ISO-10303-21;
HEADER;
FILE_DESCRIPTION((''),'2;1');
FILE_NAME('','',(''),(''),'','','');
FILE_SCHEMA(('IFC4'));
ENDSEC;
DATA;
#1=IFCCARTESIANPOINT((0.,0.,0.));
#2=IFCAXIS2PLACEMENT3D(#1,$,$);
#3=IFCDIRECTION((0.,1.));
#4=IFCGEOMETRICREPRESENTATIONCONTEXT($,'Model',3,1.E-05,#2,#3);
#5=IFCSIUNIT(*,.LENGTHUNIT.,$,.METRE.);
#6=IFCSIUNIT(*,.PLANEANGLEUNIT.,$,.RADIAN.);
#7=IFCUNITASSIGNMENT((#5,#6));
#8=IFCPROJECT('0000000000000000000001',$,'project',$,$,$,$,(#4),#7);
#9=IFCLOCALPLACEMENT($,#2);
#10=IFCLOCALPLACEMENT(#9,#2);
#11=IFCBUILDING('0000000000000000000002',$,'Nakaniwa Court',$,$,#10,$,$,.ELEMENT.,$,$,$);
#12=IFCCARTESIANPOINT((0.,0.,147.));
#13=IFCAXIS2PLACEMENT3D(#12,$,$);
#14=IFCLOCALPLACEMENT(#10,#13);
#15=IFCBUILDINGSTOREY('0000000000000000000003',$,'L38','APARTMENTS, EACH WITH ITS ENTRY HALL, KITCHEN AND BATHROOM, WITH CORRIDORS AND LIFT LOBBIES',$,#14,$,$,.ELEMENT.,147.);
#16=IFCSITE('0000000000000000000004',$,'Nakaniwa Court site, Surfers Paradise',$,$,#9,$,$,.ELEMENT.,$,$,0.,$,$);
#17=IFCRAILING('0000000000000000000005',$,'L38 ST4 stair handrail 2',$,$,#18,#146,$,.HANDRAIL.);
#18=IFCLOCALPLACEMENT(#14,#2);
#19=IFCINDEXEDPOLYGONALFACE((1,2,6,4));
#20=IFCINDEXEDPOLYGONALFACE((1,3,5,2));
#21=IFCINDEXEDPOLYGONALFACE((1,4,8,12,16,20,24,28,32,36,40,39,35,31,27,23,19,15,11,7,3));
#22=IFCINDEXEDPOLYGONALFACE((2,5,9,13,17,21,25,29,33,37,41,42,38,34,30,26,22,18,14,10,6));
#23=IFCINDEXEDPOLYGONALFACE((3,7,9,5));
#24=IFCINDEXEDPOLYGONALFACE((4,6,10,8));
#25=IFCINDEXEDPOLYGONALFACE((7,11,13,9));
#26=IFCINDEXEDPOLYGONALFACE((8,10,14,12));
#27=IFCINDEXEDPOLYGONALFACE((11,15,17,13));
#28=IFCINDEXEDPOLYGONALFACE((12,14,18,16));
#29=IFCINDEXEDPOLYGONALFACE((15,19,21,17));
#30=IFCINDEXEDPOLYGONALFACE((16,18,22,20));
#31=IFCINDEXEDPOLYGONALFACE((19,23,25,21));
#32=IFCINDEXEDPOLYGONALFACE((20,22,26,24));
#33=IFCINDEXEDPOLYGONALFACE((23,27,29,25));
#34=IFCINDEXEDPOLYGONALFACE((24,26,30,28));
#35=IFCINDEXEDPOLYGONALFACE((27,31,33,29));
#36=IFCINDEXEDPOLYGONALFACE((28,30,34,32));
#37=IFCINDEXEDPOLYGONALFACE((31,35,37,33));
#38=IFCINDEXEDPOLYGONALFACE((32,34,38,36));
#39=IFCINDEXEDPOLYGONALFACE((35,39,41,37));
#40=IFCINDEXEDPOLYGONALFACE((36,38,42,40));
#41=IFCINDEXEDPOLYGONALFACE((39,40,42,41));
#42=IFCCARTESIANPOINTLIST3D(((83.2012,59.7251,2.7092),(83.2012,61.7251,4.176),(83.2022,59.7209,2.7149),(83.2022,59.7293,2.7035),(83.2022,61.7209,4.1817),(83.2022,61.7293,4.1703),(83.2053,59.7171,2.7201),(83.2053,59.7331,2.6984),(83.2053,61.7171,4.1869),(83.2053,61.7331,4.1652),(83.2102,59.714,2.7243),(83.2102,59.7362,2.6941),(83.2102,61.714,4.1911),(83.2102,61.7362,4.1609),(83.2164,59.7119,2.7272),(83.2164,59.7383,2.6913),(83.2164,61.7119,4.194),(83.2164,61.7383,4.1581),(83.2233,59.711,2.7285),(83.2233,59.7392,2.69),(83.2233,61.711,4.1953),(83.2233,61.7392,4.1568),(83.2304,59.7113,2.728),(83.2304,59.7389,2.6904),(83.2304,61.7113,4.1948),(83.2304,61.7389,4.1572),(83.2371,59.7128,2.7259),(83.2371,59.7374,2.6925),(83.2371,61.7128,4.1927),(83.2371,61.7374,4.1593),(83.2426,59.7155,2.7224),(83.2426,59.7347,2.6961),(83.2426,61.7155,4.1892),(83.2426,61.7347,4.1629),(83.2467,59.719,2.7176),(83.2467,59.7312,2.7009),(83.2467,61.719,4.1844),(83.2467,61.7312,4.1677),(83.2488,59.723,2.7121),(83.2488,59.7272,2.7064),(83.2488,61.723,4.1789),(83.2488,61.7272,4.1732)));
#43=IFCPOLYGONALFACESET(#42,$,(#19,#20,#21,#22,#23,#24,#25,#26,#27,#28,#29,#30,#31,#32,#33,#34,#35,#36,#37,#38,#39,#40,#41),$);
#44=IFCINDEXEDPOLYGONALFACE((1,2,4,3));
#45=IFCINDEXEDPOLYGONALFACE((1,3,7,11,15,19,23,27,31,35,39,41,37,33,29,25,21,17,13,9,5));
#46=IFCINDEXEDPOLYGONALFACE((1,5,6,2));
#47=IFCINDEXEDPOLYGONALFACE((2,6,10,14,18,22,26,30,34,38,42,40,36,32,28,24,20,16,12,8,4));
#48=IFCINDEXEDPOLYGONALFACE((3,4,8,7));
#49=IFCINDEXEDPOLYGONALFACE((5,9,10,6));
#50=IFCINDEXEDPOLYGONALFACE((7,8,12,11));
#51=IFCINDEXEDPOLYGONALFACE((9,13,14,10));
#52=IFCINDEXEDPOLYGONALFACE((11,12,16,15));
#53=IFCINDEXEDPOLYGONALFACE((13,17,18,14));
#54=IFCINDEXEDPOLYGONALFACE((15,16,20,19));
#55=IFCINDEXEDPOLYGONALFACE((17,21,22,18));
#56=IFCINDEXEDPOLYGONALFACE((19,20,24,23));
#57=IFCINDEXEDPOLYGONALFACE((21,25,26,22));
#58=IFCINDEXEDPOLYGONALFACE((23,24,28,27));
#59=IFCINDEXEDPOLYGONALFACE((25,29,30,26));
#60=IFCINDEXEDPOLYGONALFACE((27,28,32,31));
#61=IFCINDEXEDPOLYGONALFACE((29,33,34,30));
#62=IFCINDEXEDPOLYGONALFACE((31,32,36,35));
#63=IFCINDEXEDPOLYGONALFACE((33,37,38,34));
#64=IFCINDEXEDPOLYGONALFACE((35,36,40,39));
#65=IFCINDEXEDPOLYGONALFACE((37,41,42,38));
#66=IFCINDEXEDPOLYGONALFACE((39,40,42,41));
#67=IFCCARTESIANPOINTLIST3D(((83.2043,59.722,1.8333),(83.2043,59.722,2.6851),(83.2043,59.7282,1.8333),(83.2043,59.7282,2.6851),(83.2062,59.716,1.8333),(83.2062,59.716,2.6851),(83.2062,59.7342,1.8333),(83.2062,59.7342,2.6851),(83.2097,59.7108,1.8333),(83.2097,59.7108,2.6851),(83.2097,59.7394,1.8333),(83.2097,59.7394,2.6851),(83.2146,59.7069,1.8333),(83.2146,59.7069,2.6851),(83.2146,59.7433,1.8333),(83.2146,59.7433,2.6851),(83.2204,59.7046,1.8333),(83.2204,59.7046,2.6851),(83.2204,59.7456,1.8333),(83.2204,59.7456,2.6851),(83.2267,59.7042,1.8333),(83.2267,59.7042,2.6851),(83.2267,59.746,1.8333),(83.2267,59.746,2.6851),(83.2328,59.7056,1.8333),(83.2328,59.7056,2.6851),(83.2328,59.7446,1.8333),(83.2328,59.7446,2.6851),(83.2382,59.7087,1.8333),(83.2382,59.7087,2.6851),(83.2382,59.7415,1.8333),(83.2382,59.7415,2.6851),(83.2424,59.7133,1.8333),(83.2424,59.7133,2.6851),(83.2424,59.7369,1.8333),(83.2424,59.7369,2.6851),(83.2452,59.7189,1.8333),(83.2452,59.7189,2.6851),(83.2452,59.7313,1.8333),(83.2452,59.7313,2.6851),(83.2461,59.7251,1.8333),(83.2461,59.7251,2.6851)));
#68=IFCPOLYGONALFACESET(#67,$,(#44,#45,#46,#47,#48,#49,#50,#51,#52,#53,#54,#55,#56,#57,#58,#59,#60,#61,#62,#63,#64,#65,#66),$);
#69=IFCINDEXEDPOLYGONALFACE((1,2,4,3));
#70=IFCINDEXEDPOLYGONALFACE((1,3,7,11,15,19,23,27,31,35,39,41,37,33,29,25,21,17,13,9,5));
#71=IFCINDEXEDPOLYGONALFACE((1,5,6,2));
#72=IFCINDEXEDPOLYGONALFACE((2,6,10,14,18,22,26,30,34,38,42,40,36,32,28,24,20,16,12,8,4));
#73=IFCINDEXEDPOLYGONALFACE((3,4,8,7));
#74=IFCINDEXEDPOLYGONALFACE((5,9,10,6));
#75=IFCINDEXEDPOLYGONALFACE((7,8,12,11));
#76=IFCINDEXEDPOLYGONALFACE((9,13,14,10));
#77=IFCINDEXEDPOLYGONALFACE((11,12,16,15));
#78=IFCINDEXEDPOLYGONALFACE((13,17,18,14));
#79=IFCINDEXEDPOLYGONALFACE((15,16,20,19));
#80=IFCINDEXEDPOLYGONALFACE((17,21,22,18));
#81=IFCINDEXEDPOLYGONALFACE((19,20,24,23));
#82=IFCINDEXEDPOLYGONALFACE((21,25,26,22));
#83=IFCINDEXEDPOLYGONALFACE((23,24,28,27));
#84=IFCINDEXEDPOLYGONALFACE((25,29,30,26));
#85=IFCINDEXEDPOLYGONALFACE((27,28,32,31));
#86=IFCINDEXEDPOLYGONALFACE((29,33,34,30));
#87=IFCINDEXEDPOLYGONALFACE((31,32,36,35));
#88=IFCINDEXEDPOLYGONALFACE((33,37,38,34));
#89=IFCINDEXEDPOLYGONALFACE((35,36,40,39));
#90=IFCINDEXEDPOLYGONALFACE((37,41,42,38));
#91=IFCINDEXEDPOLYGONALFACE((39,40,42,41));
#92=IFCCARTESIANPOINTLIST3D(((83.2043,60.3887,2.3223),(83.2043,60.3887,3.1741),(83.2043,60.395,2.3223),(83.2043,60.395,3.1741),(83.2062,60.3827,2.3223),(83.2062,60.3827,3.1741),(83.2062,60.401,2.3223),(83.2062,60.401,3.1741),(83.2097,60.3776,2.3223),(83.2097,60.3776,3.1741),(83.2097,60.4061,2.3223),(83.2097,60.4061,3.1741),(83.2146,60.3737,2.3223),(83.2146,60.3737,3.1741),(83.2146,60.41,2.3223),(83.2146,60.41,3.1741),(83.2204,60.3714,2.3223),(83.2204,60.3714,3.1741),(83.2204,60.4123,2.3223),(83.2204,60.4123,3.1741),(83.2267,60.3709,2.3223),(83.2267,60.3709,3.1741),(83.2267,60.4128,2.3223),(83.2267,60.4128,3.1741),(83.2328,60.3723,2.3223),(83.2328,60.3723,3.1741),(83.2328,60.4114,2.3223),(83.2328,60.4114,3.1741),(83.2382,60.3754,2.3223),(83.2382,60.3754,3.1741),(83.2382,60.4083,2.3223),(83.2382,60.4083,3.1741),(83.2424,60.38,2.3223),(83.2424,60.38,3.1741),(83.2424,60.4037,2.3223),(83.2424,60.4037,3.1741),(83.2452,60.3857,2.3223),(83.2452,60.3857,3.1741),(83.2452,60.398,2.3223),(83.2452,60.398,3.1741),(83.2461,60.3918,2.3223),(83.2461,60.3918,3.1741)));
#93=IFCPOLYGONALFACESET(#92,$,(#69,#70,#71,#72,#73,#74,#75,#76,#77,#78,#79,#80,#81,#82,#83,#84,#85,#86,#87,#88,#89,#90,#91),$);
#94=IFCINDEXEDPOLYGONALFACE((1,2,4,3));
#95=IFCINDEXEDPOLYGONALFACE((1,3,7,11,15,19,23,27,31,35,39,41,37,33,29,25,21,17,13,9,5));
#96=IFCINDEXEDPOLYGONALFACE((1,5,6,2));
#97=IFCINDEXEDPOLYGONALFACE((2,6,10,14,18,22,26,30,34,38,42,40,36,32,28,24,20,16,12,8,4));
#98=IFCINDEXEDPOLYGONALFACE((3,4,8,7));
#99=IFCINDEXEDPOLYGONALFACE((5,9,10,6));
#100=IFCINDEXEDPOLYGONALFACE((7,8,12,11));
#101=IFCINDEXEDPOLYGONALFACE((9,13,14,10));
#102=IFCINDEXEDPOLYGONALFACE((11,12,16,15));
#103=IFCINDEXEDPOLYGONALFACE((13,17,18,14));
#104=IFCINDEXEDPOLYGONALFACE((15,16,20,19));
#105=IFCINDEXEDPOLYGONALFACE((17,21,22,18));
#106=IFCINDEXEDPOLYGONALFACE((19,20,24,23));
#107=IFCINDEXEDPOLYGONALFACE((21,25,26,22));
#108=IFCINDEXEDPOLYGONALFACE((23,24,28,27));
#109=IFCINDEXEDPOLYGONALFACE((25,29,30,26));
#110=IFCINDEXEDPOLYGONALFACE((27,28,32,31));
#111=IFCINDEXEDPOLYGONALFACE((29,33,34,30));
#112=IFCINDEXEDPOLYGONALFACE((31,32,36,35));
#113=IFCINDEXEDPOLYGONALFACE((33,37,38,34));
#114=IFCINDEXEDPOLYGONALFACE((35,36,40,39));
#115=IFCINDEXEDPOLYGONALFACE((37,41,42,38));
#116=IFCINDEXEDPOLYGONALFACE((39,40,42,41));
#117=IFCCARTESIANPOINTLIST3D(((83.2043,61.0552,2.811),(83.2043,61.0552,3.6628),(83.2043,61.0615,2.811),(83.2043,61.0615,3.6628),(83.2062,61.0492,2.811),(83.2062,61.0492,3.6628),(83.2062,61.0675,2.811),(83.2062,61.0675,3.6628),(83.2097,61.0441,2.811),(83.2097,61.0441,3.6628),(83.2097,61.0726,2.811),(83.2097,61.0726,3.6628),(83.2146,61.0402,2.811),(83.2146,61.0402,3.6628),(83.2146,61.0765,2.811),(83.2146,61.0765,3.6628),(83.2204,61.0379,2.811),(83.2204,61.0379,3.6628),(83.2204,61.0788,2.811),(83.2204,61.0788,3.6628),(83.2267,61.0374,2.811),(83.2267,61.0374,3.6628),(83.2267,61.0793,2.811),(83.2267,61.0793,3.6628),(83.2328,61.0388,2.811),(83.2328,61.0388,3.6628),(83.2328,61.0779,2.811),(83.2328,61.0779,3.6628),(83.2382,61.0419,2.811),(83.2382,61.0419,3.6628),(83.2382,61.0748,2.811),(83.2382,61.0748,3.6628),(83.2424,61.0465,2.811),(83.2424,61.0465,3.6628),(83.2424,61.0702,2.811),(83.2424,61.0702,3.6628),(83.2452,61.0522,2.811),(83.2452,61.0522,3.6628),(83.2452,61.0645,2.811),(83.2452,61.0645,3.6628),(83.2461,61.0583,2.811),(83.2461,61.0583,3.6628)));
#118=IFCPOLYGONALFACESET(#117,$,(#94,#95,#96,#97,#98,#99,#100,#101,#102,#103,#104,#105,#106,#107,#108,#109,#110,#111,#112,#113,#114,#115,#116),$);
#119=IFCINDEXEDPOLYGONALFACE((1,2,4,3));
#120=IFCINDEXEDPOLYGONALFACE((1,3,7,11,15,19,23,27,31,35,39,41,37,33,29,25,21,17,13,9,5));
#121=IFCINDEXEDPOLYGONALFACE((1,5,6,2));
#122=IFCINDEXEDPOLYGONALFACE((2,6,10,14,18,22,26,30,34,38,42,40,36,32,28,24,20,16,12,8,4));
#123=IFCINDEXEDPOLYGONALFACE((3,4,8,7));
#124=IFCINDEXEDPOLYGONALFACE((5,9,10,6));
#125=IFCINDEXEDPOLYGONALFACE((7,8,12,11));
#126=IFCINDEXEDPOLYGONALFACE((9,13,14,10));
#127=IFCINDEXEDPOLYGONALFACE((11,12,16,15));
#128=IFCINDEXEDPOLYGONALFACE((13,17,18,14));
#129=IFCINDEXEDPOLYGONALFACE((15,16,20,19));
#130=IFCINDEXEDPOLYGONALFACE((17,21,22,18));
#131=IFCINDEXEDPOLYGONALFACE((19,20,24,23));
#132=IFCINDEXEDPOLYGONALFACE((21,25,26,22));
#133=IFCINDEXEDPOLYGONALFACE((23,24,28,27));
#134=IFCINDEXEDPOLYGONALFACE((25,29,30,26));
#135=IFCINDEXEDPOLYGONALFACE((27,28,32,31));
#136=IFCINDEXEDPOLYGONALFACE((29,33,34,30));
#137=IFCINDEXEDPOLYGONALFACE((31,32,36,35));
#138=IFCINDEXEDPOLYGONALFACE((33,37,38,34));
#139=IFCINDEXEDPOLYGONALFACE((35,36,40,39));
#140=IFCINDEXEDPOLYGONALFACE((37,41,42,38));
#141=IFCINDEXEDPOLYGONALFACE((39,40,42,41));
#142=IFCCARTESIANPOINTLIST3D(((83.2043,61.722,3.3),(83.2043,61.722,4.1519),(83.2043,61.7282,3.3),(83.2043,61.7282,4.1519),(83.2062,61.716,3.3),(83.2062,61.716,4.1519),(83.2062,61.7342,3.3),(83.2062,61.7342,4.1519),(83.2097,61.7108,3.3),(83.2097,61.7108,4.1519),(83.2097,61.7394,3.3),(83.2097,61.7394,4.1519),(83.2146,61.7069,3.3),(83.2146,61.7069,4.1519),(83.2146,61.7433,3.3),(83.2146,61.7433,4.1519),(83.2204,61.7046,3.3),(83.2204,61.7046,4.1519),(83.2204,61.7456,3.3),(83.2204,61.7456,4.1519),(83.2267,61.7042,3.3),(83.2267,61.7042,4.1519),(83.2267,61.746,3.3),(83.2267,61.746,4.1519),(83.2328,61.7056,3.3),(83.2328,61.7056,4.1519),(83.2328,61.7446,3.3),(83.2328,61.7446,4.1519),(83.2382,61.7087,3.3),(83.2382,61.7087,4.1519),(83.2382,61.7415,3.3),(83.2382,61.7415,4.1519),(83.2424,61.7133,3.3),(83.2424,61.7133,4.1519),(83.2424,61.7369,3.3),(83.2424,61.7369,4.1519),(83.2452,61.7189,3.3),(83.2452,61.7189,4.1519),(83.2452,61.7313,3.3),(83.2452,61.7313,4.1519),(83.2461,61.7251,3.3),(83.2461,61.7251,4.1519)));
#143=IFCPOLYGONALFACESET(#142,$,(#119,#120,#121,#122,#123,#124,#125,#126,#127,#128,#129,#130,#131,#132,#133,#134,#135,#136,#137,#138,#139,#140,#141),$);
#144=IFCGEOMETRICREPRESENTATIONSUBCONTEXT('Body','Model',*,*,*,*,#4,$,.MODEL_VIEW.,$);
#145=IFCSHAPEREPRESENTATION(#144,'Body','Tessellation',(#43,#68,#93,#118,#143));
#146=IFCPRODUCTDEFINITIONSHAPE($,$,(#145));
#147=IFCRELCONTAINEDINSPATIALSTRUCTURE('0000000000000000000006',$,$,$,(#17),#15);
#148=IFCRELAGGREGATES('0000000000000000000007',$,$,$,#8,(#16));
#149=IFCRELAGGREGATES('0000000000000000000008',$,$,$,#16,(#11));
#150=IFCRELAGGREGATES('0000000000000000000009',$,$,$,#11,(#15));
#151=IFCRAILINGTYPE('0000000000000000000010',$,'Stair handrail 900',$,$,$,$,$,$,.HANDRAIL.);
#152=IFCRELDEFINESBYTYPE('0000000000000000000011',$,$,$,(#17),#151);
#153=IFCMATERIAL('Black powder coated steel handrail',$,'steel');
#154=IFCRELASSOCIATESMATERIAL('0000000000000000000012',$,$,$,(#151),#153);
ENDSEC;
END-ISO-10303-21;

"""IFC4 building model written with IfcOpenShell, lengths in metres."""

from ifc_helpers import new_model, si_unit, direction, frame, origin, origin_2d, place, context, subcontext, project, spatial, circle, extrude, material, type_object, element, save


model = new_model("IFC4")

# Units and contexts
model_context = context("Model", 3, precision=1e-05, world=origin(), true_north=direction((0.0, 1.0)))
body_context = subcontext(model_context, "Body", "Model", "MODEL_VIEW")
ifc_project = project(units=[si_unit("LENGTHUNIT", "METRE"), si_unit("PLANEANGLEUNIT", "RADIAN")], contexts=[model_context])

# Site, building, storey
site_placement = place(None, origin())
site = spatial("IfcSite", under=ifc_project, at=site_placement, Name="Nakaniwa Court site, Surfers Paradise", CompositionType="ELEMENT", RefElevation=0.0)
building_placement = place(site_placement, origin())
building = spatial("IfcBuilding", under=site, at=building_placement, Name="Nakaniwa Court", CompositionType="ELEMENT")
storey_placement = place(building_placement, frame((0.0, 0.0, 147.0)))
storey = spatial("IfcBuildingStorey", under=building, at=storey_placement, Name="L38", Description="APARTMENTS, EACH WITH ITS ENTRY HALL, KITCHEN AND BATHROOM, WITH CORRIDORS AND LIFT LOBBIES", CompositionType="ELEMENT", Elevation=147.0)

# Railing
ifc_material_1 = material(Name="Black powder coated steel handrail", Category="steel")
railing_type_1 = type_object("IfcRailingType", Name="Stair handrail 900", PredefinedType="HANDRAIL", material=ifc_material_1)
railing_1_placement = place(storey_placement, frame((83.2251, 59.7251, 1.8333)))
element("IfcRailing", 1, at=railing_1_placement, inside=storey, type_object=railing_type_1, Name="L38 ST4 stair handrail 2", PredefinedType="HANDRAIL", context=body_context, shape_type="SweptSolid", body=[
    extrude(circle(Radius=0.0239, at=origin_2d()), frame((0.0, 0.0, 0.876), z_axis=(0.0, 0.80638, 0.591398), x_axis=(-1.0, 0.0, 0.0)), (0.0, 0.0, 1.0), 2.4802),
    extrude(circle(Radius=0.021, at=origin_2d()), origin(), (0.0, 0.0, 1.0), 0.8518),
    extrude(circle(Radius=0.021, at=origin_2d()), frame((0.0, 0.6667, 0.489)), (0.0, 0.0, 1.0), 0.8518),
    extrude(circle(Radius=0.021, at=origin_2d()), frame((0.0, 1.3333, 0.9778)), (0.0, 0.0, 1.0), 0.8518),
    extrude(circle(Radius=0.021, at=origin_2d()), frame((0.0, 2.0, 1.4668)), (0.0, 0.0, 1.0), 0.8518),
])

save(model, "model.ifc")
